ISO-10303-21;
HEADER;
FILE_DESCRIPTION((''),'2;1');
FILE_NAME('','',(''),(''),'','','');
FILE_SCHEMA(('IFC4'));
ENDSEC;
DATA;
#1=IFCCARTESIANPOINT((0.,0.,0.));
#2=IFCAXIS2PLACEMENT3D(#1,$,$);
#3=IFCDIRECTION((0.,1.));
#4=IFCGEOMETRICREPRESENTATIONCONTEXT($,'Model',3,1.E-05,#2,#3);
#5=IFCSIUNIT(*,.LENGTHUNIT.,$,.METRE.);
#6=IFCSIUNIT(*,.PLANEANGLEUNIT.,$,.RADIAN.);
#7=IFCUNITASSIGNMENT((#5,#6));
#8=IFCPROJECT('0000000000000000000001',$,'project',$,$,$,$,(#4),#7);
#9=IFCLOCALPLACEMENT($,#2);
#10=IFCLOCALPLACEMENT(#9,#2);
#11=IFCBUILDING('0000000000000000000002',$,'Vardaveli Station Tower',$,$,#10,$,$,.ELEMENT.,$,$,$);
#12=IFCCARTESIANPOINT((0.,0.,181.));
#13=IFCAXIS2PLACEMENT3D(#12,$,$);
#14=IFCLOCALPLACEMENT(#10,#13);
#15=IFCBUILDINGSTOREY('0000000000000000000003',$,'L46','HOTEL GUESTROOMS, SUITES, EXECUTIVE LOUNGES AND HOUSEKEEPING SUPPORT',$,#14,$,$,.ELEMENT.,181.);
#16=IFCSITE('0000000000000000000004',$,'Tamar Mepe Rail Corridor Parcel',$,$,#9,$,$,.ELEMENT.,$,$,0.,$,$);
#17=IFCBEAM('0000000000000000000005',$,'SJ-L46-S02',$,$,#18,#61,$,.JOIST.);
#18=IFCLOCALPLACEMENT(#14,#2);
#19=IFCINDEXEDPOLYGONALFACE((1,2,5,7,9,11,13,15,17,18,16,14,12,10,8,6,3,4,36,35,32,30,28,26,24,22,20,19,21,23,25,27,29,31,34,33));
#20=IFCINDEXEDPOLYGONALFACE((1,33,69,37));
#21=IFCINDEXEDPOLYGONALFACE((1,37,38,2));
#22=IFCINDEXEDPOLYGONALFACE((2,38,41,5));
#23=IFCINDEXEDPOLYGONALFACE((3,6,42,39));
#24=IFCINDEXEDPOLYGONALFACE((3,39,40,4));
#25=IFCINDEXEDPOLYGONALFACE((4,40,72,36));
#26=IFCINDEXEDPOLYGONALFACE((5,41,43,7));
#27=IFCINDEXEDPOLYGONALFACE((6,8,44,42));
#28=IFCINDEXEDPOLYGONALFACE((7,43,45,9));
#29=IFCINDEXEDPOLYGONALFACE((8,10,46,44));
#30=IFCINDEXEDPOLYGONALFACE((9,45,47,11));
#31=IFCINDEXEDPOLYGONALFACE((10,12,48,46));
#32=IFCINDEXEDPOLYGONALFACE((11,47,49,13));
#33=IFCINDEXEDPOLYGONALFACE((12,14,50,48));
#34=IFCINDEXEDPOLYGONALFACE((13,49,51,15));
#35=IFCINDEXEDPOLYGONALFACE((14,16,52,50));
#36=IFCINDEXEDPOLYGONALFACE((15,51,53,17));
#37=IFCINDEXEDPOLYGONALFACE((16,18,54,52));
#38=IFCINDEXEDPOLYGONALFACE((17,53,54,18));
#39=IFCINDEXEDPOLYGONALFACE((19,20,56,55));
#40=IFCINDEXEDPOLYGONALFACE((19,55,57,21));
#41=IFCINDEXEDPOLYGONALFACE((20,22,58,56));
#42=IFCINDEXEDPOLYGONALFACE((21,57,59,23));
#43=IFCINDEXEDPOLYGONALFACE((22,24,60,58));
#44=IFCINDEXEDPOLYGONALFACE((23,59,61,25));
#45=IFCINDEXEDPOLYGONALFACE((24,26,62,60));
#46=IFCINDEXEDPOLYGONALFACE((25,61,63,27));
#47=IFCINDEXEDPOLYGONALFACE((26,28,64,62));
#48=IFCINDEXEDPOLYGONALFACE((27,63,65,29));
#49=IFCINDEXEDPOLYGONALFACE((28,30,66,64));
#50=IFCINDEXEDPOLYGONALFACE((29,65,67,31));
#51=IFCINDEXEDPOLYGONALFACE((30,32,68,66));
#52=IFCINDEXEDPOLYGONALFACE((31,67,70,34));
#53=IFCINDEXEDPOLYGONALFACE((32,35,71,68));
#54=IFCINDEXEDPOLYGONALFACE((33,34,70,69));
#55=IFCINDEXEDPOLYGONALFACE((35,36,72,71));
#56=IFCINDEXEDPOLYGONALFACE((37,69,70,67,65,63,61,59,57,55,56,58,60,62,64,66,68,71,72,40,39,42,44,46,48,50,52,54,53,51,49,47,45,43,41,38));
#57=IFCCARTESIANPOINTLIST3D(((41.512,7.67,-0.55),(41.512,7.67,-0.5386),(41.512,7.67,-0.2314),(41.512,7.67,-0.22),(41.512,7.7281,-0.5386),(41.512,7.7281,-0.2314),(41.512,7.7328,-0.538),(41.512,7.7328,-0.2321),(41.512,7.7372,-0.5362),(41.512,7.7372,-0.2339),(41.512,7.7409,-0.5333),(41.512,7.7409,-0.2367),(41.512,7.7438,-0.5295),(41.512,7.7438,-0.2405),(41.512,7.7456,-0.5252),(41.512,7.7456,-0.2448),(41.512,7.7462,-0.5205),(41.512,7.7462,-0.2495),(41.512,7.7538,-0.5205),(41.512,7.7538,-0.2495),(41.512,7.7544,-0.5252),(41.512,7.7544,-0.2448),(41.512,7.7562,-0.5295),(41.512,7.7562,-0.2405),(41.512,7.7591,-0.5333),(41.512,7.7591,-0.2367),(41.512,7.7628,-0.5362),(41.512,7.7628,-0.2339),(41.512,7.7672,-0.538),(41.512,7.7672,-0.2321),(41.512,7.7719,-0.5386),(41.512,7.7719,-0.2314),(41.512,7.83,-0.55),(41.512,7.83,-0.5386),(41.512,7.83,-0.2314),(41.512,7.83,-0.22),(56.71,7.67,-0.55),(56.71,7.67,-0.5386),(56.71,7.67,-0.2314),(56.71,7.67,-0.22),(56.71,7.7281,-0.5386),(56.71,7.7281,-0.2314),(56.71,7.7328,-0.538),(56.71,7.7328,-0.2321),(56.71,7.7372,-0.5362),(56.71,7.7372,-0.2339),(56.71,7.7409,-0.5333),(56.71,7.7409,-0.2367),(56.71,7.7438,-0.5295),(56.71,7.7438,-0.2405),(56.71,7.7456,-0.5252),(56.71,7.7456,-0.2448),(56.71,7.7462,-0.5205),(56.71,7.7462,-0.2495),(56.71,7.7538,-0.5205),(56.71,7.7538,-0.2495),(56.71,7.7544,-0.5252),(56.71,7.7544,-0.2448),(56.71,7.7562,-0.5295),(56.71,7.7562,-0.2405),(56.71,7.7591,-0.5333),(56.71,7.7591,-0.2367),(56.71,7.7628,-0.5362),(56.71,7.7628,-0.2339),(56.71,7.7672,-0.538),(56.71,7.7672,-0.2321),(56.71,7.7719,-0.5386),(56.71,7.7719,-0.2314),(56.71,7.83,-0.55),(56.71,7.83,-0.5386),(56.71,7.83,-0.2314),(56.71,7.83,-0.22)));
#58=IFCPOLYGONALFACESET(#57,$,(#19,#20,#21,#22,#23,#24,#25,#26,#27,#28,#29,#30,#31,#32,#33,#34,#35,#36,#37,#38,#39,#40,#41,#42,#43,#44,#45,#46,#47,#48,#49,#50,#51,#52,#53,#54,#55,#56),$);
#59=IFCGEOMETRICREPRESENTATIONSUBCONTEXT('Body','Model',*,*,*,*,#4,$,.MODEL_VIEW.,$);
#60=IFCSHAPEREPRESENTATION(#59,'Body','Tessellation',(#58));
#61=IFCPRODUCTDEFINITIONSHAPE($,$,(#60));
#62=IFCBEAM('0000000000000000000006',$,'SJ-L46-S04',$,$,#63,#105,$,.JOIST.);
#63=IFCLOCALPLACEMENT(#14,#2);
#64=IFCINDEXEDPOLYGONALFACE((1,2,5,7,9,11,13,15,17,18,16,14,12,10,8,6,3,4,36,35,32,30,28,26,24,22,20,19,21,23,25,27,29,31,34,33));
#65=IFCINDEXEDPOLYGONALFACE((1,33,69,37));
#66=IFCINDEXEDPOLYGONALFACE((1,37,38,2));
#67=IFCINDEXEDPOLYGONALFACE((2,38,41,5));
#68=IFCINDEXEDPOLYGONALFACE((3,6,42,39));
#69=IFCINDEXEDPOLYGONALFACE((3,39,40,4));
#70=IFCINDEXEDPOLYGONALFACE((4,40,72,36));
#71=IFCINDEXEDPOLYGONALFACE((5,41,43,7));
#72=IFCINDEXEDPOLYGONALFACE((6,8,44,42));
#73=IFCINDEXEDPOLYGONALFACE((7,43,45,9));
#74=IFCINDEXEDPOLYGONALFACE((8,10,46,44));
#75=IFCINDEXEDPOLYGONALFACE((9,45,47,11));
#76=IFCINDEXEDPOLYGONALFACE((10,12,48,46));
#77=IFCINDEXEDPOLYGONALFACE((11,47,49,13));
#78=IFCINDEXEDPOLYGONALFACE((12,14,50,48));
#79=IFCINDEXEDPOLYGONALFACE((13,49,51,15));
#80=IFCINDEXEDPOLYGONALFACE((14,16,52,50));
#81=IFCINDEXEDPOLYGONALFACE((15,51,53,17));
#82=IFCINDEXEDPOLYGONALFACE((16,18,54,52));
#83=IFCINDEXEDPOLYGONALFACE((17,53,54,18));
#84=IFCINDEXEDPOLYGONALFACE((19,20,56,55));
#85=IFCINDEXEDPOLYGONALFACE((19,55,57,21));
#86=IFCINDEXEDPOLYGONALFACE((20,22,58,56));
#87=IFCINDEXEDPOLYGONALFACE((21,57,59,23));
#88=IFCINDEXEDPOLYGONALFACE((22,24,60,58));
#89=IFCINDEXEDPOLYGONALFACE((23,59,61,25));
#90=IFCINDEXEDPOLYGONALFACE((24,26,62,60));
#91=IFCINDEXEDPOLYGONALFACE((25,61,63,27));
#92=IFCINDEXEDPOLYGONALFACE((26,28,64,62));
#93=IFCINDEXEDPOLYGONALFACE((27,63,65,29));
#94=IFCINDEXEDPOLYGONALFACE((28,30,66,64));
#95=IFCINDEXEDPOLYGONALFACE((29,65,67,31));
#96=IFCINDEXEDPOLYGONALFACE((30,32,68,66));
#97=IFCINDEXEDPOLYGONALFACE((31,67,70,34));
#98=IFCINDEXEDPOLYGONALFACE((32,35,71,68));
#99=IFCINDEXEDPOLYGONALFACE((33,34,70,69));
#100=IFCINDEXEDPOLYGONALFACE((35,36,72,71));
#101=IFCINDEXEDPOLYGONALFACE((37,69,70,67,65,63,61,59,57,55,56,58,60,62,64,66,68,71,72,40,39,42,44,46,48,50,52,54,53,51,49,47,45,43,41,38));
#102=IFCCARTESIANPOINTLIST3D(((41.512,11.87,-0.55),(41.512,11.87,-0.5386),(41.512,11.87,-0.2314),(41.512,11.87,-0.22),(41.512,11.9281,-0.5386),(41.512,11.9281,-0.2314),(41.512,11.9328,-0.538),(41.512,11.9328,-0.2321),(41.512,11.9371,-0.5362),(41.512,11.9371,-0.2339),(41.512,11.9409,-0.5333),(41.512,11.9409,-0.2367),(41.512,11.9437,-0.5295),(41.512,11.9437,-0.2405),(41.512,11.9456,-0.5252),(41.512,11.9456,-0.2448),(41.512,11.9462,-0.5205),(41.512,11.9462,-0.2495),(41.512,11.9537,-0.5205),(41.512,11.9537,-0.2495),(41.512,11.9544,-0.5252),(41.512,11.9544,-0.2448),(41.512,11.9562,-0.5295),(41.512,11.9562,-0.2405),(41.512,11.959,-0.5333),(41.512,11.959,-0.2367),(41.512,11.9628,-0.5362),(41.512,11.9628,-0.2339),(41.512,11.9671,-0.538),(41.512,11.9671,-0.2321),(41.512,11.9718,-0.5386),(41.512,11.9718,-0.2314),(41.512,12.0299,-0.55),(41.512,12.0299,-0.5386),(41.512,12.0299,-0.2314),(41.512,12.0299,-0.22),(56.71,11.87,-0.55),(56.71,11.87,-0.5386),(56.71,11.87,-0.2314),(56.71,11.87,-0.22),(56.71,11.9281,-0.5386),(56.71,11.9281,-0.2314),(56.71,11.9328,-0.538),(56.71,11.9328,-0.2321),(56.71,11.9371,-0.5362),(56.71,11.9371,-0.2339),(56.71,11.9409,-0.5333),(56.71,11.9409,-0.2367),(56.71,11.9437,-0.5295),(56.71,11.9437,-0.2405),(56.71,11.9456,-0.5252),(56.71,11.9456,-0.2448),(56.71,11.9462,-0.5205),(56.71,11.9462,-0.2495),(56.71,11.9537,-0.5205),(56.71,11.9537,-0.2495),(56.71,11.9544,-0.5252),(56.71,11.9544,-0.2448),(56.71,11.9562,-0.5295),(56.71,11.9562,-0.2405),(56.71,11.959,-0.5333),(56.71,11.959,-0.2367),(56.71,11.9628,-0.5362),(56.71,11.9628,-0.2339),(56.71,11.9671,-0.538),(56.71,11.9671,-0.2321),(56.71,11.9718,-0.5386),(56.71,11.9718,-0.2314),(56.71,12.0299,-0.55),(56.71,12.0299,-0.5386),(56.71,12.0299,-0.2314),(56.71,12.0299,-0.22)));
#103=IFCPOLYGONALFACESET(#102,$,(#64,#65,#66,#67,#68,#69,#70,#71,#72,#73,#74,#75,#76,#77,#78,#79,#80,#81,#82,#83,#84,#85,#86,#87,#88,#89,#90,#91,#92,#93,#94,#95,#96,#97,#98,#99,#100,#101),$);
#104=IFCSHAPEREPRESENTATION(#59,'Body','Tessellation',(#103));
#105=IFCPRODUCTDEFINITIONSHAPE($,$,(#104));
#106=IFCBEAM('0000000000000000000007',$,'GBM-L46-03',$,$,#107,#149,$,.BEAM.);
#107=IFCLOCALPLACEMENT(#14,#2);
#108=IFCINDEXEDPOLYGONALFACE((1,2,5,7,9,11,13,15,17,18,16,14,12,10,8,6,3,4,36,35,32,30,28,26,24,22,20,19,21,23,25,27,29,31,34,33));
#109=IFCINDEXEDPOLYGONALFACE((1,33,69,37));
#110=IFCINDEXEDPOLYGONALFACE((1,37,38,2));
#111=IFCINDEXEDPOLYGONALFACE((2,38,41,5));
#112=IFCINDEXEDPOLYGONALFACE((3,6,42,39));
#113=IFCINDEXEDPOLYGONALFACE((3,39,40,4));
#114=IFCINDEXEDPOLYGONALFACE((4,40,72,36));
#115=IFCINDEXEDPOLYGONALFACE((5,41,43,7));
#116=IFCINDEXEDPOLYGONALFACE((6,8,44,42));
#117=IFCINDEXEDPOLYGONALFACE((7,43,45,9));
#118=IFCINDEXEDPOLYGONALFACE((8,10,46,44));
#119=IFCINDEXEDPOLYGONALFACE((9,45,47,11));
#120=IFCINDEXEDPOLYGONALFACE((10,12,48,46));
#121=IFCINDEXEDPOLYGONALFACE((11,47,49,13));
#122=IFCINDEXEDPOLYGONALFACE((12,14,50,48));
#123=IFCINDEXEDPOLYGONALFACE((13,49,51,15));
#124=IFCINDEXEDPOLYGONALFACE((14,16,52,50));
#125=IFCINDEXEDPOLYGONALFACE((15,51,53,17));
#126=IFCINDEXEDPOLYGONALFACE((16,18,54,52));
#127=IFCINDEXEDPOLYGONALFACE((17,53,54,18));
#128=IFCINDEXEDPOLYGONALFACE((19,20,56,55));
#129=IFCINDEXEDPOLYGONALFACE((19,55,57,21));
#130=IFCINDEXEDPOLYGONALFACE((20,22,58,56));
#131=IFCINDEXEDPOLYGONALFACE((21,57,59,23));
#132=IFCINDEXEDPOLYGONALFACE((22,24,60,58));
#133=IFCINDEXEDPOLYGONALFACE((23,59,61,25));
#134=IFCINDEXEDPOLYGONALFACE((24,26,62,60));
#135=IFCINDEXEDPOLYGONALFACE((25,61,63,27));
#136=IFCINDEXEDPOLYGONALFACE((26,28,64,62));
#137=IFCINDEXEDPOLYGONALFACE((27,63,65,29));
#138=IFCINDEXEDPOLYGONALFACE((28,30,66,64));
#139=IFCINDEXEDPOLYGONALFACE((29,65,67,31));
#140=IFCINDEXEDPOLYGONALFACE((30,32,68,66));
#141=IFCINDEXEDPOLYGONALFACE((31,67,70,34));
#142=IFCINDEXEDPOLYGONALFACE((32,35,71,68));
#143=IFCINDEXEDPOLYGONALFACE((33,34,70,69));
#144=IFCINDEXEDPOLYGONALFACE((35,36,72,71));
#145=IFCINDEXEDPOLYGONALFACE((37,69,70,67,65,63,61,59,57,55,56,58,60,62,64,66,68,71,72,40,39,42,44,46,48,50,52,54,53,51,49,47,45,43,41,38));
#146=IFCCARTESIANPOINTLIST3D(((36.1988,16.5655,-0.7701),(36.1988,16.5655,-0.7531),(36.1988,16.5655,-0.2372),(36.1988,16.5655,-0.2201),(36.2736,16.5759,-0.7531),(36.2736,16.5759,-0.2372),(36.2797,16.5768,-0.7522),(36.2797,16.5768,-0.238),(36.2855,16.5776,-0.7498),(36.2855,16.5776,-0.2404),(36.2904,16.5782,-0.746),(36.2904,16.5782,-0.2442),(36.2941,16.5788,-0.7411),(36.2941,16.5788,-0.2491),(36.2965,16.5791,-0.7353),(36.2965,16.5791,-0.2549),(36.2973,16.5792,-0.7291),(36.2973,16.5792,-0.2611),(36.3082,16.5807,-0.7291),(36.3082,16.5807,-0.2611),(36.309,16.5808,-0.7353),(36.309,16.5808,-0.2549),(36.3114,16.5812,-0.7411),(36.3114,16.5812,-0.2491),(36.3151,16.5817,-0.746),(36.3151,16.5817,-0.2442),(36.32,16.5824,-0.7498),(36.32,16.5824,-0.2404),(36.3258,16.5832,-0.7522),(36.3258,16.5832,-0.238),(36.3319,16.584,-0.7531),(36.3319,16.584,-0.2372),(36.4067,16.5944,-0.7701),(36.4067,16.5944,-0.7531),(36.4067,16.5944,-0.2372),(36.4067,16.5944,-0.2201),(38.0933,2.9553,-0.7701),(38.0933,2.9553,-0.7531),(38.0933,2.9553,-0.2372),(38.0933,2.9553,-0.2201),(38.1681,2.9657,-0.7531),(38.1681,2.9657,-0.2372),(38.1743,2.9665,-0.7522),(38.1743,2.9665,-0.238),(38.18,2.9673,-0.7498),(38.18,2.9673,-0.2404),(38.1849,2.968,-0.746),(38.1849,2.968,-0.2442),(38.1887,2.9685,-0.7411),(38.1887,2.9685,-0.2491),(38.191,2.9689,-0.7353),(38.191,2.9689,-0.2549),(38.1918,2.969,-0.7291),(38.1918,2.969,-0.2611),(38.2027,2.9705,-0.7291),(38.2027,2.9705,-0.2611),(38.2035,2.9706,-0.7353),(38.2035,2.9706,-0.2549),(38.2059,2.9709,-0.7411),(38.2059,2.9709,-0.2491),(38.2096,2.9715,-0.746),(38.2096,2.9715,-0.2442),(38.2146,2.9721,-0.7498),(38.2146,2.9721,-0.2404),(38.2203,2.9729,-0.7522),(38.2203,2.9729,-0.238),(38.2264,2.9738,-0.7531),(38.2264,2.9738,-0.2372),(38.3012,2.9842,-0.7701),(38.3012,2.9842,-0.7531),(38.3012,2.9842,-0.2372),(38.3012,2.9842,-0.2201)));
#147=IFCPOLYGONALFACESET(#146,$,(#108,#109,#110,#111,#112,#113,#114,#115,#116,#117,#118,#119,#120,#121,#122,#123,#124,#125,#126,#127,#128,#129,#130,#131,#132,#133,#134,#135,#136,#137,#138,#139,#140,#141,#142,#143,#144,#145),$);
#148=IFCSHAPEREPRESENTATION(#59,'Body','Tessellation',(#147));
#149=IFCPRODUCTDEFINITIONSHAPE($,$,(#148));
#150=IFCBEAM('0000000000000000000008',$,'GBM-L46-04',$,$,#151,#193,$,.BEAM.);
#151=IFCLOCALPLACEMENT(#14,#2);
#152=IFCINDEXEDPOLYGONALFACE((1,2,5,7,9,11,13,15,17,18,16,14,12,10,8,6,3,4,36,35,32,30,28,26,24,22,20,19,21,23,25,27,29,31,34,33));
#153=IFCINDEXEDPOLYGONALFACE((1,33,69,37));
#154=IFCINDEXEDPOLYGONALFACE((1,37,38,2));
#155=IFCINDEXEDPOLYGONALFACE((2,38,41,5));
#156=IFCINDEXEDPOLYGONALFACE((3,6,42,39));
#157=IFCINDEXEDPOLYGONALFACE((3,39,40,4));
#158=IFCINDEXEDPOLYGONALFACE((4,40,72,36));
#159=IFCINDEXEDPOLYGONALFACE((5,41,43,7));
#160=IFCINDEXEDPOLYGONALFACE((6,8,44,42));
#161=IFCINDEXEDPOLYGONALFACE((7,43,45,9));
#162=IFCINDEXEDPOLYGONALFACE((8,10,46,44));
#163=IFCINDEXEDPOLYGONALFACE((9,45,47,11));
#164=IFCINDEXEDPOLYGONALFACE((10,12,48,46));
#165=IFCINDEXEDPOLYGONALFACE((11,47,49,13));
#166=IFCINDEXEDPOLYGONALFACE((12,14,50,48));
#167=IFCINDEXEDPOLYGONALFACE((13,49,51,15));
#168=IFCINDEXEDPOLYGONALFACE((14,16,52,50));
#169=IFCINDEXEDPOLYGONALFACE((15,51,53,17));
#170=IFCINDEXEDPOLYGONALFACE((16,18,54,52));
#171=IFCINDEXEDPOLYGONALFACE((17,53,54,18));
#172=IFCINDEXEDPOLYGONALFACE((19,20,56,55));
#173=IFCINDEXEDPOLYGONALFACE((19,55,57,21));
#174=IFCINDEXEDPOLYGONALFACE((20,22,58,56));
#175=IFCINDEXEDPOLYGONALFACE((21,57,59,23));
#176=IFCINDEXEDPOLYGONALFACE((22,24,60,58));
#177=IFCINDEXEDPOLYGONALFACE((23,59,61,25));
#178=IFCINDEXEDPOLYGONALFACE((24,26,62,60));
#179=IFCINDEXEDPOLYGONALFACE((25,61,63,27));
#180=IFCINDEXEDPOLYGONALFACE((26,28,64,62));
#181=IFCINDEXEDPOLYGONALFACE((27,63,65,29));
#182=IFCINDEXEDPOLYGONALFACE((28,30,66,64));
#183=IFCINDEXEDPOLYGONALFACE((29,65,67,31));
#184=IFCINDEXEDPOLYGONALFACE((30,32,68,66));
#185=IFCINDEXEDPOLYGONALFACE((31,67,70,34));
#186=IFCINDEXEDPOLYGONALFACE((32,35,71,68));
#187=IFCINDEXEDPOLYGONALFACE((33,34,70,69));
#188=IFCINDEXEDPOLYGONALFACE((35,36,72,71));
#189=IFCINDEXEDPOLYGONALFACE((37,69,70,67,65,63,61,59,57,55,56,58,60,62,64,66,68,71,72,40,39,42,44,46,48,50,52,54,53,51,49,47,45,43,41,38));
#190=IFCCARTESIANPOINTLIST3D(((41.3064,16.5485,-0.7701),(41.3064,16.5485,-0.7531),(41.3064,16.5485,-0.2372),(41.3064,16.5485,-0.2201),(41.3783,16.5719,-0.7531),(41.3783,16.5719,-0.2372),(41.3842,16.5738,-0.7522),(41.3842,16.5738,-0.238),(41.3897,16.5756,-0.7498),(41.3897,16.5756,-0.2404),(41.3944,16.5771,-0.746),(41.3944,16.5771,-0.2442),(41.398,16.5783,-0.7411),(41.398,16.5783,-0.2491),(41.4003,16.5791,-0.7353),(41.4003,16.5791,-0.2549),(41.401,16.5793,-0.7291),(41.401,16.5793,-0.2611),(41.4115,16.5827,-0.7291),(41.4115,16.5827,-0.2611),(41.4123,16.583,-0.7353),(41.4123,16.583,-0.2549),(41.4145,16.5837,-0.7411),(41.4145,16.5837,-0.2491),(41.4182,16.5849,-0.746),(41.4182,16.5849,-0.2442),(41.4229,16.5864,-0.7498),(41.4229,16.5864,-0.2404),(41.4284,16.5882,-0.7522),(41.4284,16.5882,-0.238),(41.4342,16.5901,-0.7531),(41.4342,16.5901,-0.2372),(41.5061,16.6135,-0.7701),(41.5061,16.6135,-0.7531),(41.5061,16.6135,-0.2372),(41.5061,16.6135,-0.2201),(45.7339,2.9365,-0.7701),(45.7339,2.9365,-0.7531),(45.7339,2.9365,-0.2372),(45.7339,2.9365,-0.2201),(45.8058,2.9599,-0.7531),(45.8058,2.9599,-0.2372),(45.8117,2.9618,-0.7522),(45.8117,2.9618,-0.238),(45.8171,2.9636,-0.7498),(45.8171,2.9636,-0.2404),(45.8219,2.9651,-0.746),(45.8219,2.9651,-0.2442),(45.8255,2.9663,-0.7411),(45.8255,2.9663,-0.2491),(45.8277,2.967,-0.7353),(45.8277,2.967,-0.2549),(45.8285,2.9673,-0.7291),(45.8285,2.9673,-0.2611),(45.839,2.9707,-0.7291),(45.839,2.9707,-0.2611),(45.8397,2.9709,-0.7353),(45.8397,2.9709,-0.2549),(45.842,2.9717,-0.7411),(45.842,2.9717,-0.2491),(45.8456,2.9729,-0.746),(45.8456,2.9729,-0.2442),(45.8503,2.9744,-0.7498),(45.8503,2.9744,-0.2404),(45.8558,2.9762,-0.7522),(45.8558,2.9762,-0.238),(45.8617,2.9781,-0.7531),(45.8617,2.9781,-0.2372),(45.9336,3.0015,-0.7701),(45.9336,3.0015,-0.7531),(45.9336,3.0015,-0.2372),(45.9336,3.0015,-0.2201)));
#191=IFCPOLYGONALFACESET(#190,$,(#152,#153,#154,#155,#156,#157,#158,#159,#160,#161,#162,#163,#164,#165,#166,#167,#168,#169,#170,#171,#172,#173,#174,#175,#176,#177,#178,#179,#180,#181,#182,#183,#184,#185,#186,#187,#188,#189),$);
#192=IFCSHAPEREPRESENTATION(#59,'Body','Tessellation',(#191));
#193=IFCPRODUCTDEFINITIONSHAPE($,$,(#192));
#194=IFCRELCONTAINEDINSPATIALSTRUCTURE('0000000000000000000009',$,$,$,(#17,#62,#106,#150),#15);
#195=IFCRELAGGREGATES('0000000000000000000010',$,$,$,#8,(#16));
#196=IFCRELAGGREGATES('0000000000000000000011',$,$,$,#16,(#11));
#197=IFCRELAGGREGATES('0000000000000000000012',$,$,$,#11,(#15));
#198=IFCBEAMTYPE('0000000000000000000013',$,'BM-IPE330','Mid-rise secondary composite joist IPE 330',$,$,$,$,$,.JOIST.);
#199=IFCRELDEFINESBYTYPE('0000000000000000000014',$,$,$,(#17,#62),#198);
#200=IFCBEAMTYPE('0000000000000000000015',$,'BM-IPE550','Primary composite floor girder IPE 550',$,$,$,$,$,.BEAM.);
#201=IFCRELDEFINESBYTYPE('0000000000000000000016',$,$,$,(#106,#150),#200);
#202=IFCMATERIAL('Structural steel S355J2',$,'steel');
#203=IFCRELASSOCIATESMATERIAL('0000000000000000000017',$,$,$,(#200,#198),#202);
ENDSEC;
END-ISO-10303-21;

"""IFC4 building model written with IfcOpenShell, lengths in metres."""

from ifc_helpers import new_model, si_unit, direction, frame, origin, origin_2d, place, context, subcontext, project, spatial, i_section, extrude, source, transform, mapped, material, material_profile, profile_set, type_object, element, save


model = new_model("IFC4")

# Units and contexts
model_context = context("Model", 3, precision=1e-05, world=origin(), true_north=direction((0.0, 1.0)))
body_context = subcontext(model_context, "Body", "Model", "MODEL_VIEW")
ifc_project = project(units=[si_unit("LENGTHUNIT", "METRE"), si_unit("PLANEANGLEUNIT", "RADIAN")], contexts=[model_context])

# Site, building, storey
site_placement = place(None, origin())
site = spatial("IfcSite", under=ifc_project, at=site_placement, Name="Tamar Mepe Rail Corridor Parcel", CompositionType="ELEMENT", RefElevation=0.0)
building_placement = place(site_placement, origin())
building = spatial("IfcBuilding", under=site, at=building_placement, Name="Vardaveli Station Tower", CompositionType="ELEMENT")
storey_placement = place(building_placement, frame((0.0, 0.0, 181.0)))
storey = spatial("IfcBuildingStorey", under=building, at=storey_placement, Name="L46", Description="HOTEL GUESTROOMS, SUITES, EXECUTIVE LOUNGES AND HOUSEKEEPING SUPPORT", CompositionType="ELEMENT", Elevation=181.0)

# Beams
ifc_material_1 = material(Name="Structural steel S355J2", Category="steel")
ifc_material_profile_1 = material_profile(ifc_material_1, i_section(OverallWidth=0.21, OverallDepth=0.55, WebThickness=0.011, FlangeThickness=0.0171, FilletRadius=0.0239, at=origin_2d()), Name="IPE 550")
ifc_profile_set_1 = profile_set([ifc_material_profile_1], Name="Structural steel S355J2")
beam_type_1 = type_object("IfcBeamType", Name="BM-IPE550", Description="Primary composite floor girder IPE 550", PredefinedType="BEAM", material=ifc_profile_set_1)
ifc_material_profile_2 = material_profile(ifc_material_1, i_section(OverallWidth=0.1599, OverallDepth=0.3301, WebThickness=0.0076, FlangeThickness=0.0115, FilletRadius=0.0181, at=origin_2d()), Name="IPE 330")
ifc_profile_set_2 = profile_set([ifc_material_profile_2], Name="Structural steel S355J2")
beam_type_2 = type_object("IfcBeamType", Name="BM-IPE330", Description="Mid-rise secondary composite joist IPE 330", PredefinedType="JOIST", material=ifc_profile_set_2)
shared_shape_1 = source(origin(), body_context, "Body", "SweptSolid", [
    extrude(i_section(OverallWidth=0.1599, OverallDepth=0.3301, WebThickness=0.0076, FlangeThickness=0.0115, FilletRadius=0.0181, at=origin_2d()), origin(), (0.0, 0.0, 1.0), 15.198),
])
for number, where, z_axis, x_axis, name in (
    (1, (41.512, 7.75, -0.385), (1.0, 0.0, 0.0), (0.0, 1.0, 0.0), "SJ-L46-S02"),
    (2, (41.512, 11.95, -0.385), (1.0, 0.0, 0.0), (0.0, 1.0, 0.0), "SJ-L46-S04"),
):
    element("IfcBeam", number, at=place(storey_placement, frame(where, z_axis=z_axis, x_axis=x_axis)), inside=storey, type_object=beam_type_2, Name=name, PredefinedType="JOIST", context=body_context, shape_type="MappedRepresentation", body=[
        mapped(shared_shape_1, transform((0.0, 0.0, 0.0), scale=1.0)),
    ])
shared_shape_2 = source(origin(), body_context, "Body", "SweptSolid", [
    extrude(i_section(OverallWidth=0.21, OverallDepth=0.55, WebThickness=0.011, FlangeThickness=0.0171, FilletRadius=0.0239, at=origin_2d()), origin(), (0.0, 0.0, 1.0), 13.7415),
])
beam_1_placement = place(storey_placement, frame((38.1973, 2.9697, -0.4951), z_axis=(-0.137869, 0.990451, 0.0), x_axis=(-0.990451, -0.137869, 0.0)))
element("IfcBeam", 3, at=beam_1_placement, inside=storey, type_object=beam_type_1, Name="GBM-L46-03", PredefinedType="BEAM", context=body_context, shape_type="MappedRepresentation", body=[
    mapped(shared_shape_2, transform((0.0, 0.0, 0.0), scale=1.0)),
])
shared_shape_3 = source(origin(), body_context, "Body", "SweptSolid", [
    extrude(i_section(OverallWidth=0.21, OverallDepth=0.55, WebThickness=0.011, FlangeThickness=0.0171, FilletRadius=0.0239, at=origin_2d()), origin(), (0.0, 0.0, 1.0), 14.314),
])
beam_2_placement = place(storey_placement, frame((45.8337, 2.969, -0.4951), z_axis=(-0.309312, 0.950961, 0.0), x_axis=(-0.950961, -0.309312, 0.0)))
element("IfcBeam", 4, at=beam_2_placement, inside=storey, type_object=beam_type_1, Name="GBM-L46-04", PredefinedType="BEAM", context=body_context, shape_type="MappedRepresentation", body=[
    mapped(shared_shape_3, transform((0.0, 0.0, 0.0), scale=1.0)),
])

save(model, "model.ifc")
